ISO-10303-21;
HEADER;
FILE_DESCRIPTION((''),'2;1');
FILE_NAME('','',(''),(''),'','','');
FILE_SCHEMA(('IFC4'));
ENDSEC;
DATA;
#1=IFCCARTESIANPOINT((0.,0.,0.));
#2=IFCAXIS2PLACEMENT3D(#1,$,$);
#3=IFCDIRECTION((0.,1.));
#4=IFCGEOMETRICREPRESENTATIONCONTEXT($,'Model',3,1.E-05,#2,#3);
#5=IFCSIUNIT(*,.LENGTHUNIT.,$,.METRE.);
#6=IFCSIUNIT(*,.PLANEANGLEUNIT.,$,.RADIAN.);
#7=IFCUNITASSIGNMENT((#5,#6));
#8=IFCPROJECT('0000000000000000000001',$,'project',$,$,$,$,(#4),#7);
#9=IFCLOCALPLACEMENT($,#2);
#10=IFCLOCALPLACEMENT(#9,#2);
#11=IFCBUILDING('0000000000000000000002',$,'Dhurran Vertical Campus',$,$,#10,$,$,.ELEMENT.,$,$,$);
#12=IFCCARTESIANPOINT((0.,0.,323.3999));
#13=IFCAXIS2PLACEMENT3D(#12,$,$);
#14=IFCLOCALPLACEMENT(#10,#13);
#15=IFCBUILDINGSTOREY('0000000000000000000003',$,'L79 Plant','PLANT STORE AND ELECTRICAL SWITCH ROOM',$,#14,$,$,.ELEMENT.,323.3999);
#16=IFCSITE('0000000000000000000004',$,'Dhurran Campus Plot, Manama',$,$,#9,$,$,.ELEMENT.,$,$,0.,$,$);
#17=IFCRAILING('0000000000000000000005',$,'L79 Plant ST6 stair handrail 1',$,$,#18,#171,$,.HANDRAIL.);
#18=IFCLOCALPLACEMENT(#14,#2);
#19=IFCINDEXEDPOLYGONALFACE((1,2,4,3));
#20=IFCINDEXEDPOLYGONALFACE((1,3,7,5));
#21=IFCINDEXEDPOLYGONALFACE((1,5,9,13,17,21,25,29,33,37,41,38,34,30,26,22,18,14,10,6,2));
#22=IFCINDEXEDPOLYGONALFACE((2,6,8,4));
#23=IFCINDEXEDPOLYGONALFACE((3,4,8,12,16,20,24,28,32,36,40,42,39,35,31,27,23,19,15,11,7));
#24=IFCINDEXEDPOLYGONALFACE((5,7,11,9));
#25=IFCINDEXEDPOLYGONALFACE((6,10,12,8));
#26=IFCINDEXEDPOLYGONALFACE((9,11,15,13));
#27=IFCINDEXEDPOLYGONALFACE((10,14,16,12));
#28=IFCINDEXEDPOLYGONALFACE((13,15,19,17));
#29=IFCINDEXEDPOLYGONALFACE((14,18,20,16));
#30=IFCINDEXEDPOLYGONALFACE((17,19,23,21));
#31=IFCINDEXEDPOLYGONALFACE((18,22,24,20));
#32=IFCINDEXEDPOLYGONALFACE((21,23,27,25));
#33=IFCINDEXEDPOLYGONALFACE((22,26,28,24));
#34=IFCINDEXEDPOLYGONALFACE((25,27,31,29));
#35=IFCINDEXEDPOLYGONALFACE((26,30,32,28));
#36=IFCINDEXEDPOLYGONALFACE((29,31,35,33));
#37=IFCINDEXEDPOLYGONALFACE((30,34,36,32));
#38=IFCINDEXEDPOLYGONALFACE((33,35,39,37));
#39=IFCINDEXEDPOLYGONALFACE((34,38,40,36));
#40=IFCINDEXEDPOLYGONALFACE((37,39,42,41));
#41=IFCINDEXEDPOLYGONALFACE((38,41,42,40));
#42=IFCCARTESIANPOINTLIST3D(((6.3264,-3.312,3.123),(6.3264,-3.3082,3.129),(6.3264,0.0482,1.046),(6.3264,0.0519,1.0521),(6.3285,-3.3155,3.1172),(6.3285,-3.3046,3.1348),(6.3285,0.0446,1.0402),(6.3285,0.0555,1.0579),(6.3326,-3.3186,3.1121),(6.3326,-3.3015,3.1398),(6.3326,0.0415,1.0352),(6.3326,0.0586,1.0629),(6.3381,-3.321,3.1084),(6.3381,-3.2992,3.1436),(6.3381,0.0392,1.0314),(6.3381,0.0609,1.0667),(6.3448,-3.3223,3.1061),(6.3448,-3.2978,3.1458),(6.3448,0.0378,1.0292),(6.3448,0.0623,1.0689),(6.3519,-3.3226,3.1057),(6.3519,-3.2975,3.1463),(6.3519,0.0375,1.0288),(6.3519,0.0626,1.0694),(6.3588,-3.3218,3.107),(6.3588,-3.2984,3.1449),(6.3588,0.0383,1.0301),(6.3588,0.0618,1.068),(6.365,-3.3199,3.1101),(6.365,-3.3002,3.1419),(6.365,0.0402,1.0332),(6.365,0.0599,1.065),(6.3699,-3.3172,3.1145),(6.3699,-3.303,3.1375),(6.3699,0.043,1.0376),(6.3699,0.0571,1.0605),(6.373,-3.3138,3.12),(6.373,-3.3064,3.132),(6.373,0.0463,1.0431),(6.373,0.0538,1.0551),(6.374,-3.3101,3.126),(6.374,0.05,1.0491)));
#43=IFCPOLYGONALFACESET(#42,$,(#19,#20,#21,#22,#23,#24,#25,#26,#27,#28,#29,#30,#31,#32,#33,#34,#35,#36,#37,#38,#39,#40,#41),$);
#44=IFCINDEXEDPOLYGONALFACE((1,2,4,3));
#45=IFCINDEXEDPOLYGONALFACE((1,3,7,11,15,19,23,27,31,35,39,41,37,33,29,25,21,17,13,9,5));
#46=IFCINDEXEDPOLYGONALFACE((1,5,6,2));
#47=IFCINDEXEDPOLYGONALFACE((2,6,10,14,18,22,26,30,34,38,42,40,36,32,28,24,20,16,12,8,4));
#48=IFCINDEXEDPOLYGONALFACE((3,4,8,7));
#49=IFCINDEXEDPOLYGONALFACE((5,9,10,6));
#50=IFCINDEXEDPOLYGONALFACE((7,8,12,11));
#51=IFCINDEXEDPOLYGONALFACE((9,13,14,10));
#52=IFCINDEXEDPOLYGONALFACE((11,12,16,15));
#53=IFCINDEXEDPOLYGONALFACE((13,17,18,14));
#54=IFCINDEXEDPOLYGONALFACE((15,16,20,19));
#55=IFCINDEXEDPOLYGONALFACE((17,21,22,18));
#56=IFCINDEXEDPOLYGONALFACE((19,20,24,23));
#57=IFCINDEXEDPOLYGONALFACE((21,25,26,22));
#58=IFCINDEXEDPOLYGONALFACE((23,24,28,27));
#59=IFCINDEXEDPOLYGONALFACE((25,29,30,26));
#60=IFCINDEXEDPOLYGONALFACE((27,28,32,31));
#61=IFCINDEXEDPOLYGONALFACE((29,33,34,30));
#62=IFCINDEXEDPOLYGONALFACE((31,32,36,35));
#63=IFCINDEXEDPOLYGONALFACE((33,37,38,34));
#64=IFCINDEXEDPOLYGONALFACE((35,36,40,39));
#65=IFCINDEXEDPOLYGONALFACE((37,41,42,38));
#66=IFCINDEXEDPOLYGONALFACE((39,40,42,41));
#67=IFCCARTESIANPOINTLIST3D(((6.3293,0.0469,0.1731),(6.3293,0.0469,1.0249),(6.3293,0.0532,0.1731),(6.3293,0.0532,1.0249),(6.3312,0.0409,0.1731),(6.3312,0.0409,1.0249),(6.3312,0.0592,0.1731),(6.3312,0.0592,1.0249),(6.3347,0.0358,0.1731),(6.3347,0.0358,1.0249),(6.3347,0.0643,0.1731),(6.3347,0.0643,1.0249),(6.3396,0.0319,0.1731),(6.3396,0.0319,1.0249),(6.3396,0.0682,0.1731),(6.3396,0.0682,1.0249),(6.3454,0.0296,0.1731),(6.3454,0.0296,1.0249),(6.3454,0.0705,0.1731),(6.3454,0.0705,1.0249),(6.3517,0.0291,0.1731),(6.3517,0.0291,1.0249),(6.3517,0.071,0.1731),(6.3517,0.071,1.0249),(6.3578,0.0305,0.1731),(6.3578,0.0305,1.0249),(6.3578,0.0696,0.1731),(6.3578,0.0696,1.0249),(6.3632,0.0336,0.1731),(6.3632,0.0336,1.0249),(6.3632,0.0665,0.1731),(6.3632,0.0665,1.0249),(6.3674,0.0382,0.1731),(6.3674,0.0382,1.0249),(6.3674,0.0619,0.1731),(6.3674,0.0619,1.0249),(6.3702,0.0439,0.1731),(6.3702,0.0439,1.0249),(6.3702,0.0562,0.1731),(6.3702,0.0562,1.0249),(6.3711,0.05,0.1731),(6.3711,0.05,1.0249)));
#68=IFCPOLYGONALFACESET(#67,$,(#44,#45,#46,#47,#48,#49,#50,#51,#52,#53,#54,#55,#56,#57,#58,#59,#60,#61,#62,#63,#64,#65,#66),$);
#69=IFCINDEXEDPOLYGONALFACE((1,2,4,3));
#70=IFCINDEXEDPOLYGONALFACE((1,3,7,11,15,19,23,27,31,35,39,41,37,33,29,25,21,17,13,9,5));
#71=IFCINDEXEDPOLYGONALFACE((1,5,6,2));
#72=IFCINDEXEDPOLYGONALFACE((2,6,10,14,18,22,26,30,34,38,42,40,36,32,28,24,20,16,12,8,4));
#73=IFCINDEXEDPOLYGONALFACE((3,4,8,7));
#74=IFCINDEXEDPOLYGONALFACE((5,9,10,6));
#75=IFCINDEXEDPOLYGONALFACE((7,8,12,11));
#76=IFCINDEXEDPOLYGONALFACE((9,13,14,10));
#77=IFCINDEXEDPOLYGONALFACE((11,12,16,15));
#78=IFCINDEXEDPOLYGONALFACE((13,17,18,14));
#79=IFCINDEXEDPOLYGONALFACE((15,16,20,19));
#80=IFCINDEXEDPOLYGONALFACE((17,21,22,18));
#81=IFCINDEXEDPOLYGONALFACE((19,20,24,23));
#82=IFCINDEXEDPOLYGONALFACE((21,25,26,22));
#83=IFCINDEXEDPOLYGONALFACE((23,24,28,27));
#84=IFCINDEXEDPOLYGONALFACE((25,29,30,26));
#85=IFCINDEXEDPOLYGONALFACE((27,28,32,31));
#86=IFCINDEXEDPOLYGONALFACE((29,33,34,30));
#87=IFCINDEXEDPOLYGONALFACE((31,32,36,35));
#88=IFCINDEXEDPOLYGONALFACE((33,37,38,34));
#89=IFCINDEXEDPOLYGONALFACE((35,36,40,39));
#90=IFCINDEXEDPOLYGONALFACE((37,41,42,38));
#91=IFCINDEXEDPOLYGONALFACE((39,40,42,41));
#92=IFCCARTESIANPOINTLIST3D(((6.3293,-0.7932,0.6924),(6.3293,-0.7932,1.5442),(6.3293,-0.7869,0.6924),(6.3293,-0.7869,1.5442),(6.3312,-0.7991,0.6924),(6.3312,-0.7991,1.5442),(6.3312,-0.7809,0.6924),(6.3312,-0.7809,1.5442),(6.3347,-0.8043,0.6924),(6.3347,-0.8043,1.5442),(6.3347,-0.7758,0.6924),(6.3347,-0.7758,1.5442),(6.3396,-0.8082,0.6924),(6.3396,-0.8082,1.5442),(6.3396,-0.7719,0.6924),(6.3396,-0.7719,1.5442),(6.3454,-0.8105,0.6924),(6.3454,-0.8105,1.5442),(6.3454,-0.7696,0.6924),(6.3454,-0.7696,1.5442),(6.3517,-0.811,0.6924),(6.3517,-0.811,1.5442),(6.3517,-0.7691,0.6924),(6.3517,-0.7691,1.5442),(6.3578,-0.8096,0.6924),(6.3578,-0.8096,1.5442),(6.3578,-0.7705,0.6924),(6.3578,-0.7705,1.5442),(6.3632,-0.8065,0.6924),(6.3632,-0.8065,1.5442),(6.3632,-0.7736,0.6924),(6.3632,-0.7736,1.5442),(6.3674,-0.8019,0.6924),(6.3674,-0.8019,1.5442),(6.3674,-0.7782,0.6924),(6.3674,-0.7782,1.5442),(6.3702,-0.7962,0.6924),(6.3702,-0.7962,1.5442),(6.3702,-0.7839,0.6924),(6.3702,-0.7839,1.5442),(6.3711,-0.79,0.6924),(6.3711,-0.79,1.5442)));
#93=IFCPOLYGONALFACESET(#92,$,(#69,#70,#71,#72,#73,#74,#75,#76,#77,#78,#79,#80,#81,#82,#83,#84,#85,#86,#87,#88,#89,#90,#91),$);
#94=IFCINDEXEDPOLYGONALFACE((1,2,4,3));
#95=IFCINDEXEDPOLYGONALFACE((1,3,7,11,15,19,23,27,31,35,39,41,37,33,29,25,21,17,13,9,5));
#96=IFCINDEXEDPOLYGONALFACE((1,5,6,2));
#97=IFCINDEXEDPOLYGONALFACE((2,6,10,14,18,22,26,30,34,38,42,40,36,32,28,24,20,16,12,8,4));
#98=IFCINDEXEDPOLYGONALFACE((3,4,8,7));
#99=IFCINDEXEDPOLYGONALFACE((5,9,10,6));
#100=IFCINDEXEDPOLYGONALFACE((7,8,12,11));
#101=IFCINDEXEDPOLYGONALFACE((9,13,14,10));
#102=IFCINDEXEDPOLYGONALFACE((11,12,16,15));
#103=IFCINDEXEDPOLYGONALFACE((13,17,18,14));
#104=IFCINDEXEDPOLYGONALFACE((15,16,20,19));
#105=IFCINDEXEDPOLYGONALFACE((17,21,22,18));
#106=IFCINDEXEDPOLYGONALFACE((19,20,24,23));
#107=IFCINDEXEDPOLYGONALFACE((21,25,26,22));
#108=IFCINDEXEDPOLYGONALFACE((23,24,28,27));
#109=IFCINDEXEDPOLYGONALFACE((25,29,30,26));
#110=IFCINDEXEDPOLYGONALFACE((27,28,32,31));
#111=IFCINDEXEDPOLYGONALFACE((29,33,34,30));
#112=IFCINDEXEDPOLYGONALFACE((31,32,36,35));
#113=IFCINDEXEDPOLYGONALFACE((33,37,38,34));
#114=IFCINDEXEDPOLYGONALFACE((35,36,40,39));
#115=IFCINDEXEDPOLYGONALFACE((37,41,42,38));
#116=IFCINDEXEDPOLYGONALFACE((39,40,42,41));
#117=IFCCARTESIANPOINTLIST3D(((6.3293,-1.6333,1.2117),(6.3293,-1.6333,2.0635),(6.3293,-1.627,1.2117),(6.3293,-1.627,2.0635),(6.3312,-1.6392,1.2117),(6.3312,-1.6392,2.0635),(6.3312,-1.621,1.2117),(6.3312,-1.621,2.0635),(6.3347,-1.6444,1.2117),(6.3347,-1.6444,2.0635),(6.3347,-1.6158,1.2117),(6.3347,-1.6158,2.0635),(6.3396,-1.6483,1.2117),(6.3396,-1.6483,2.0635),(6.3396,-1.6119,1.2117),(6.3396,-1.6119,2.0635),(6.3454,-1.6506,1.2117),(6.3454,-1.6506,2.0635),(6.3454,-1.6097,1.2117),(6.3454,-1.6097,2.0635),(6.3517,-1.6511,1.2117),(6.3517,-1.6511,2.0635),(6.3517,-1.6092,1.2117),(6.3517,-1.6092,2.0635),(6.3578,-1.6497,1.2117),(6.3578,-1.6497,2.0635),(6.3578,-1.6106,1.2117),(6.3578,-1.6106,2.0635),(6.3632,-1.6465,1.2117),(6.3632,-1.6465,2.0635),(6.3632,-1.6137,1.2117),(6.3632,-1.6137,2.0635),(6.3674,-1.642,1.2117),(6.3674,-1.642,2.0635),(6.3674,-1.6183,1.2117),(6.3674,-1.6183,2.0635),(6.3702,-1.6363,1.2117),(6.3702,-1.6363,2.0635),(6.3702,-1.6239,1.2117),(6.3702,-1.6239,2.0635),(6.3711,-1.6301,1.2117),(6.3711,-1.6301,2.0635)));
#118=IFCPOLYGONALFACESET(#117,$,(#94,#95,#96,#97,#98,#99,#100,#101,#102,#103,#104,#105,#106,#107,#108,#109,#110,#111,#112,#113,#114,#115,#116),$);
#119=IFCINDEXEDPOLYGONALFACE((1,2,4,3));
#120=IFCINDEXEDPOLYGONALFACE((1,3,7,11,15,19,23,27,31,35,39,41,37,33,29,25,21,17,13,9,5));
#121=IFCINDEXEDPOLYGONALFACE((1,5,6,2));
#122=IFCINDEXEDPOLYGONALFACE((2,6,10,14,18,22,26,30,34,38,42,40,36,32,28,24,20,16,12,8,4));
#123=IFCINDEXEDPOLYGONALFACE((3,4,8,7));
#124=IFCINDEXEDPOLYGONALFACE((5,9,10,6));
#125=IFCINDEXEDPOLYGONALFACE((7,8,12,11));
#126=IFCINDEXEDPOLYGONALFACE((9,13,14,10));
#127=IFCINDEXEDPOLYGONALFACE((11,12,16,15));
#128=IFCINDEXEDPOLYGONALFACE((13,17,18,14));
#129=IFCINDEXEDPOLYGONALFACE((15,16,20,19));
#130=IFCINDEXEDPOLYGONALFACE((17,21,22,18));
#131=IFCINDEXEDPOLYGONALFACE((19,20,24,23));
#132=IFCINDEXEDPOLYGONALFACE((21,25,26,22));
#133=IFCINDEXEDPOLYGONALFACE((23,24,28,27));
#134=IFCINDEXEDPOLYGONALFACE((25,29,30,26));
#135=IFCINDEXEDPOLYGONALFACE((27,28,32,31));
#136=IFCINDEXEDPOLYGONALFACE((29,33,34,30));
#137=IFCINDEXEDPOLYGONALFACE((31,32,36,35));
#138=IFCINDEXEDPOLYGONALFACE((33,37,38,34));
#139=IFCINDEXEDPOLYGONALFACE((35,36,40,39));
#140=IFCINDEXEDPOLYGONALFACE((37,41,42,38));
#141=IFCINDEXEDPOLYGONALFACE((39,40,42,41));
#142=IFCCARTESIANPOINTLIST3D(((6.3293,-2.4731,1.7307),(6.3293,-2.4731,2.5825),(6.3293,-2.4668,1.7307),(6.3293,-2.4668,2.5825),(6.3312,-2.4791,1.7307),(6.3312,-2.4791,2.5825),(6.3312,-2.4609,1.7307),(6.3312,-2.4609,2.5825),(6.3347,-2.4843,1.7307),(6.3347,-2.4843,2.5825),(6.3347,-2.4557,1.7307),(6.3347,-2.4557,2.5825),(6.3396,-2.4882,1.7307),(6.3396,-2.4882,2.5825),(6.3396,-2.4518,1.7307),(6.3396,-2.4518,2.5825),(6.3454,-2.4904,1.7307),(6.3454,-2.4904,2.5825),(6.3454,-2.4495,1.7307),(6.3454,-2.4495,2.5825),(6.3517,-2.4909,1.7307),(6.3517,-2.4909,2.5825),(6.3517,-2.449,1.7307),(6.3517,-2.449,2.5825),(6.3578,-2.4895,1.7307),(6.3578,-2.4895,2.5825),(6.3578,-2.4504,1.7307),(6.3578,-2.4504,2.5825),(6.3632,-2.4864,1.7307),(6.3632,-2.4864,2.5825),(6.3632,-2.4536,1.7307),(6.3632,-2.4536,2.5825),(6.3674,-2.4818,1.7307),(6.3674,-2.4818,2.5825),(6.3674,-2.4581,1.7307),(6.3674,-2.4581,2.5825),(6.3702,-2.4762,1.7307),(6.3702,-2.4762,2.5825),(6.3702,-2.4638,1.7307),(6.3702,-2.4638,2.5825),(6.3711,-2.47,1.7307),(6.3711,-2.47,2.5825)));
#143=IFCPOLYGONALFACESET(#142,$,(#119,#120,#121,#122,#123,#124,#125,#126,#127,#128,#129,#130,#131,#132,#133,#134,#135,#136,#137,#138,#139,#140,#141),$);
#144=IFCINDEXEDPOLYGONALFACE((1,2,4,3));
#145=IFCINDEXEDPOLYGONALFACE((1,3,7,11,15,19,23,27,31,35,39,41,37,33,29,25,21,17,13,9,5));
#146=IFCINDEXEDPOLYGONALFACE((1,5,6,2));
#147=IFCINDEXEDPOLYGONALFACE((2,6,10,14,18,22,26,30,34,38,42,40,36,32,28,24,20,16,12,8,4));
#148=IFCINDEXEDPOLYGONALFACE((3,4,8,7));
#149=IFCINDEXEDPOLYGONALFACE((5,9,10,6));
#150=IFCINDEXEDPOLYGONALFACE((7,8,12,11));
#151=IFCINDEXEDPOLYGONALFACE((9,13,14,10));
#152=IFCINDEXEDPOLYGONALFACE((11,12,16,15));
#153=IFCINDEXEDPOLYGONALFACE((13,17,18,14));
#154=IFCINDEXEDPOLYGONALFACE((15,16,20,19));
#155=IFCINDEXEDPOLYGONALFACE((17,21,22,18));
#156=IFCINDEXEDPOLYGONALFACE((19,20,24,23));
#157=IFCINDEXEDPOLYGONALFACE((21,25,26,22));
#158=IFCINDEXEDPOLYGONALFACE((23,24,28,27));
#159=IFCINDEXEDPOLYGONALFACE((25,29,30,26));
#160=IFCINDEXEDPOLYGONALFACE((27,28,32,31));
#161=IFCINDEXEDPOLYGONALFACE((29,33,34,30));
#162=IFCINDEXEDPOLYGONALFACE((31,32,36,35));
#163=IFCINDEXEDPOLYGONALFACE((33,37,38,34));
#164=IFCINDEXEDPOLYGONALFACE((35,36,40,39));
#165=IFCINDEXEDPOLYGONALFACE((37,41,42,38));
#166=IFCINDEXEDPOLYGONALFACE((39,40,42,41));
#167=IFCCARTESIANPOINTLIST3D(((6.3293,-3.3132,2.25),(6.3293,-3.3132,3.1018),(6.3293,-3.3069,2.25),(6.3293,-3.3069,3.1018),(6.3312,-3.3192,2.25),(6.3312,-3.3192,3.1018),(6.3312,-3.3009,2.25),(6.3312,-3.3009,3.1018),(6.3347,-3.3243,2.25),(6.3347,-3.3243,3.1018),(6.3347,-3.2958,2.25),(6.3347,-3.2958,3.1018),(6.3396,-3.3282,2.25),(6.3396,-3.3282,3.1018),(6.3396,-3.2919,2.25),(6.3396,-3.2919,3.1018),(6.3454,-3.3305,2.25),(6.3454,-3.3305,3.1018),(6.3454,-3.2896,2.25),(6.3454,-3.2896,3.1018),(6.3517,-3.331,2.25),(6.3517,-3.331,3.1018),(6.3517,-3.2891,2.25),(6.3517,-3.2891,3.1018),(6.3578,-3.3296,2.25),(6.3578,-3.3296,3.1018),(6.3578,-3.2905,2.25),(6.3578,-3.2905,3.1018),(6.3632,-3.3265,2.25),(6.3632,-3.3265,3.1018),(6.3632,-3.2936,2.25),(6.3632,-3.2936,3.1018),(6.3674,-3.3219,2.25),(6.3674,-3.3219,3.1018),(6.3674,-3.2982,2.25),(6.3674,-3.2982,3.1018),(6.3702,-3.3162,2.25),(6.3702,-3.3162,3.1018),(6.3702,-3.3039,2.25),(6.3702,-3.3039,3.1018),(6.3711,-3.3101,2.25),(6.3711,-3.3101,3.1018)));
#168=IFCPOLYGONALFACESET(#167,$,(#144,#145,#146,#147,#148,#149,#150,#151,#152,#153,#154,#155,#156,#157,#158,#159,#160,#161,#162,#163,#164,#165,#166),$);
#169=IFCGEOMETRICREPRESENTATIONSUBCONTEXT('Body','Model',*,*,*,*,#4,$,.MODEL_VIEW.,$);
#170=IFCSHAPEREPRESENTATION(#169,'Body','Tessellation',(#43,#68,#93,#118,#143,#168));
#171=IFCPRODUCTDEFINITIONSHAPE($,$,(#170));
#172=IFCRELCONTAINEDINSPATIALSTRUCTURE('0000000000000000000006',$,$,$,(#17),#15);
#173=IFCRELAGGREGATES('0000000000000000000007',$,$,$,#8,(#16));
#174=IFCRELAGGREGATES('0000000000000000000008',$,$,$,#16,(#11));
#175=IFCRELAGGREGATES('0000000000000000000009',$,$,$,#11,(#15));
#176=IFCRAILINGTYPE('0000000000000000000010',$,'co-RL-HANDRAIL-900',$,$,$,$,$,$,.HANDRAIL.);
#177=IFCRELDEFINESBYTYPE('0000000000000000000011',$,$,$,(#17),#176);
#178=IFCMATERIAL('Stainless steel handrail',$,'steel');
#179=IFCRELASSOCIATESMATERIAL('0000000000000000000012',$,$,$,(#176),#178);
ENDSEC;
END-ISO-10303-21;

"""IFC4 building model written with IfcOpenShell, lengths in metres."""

from ifc_helpers import new_model, si_unit, direction, frame, origin, origin_2d, place, context, subcontext, project, spatial, circle, extrude, material, type_object, element, save


model = new_model("IFC4")

# Units and contexts
model_context = context("Model", 3, precision=1e-05, world=origin(), true_north=direction((0.0, 1.0)))
body_context = subcontext(model_context, "Body", "Model", "MODEL_VIEW")
ifc_project = project(units=[si_unit("LENGTHUNIT", "METRE"), si_unit("PLANEANGLEUNIT", "RADIAN")], contexts=[model_context])

# Site, building, storey
site_placement = place(None, origin())
site = spatial("IfcSite", under=ifc_project, at=site_placement, Name="Dhurran Campus Plot, Manama", CompositionType="ELEMENT", RefElevation=0.0)
building_placement = place(site_placement, origin())
building = spatial("IfcBuilding", under=site, at=building_placement, Name="Dhurran Vertical Campus", CompositionType="ELEMENT")
storey_placement = place(building_placement, frame((0.0, 0.0, 323.3999)))
storey = spatial("IfcBuildingStorey", under=building, at=storey_placement, Name="L79 Plant", Description="PLANT STORE AND ELECTRICAL SWITCH ROOM", CompositionType="ELEMENT", Elevation=323.3999)

# Railing
ifc_material_1 = material(Name="Stainless steel handrail", Category="steel")
railing_type_1 = type_object("IfcRailingType", Name="co-RL-HANDRAIL-900", PredefinedType="HANDRAIL", material=ifc_material_1)
railing_1_placement = place(storey_placement, frame((6.3501, 0.05, 0.1731)))
element("IfcRailing", 1, at=railing_1_placement, inside=storey, type_object=railing_type_1, Name="L79 Plant ST6 stair handrail 1", PredefinedType="HANDRAIL", context=body_context, shape_type="SweptSolid", body=[
    extrude(circle(Radius=0.0239, at=origin_2d()), frame((0.0, 0.0, 0.876), z_axis=(0.0, -0.850623, 0.525776), x_axis=(1.0, 0.0, 0.0)), (0.0, 0.0, 1.0), 3.9502),
    extrude(circle(Radius=0.021, at=origin_2d()), origin(), (0.0, 0.0, 1.0), 0.8518),
    extrude(circle(Radius=0.021, at=origin_2d()), frame((0.0, -0.8401, 0.5193)), (0.0, 0.0, 1.0), 0.8518),
    extrude(circle(Radius=0.021, at=origin_2d()), frame((0.0, -1.6802, 1.0386)), (0.0, 0.0, 1.0), 0.8518),
    extrude(circle(Radius=0.021, at=origin_2d()), frame((0.0, -2.52, 1.5576)), (0.0, 0.0, 1.0), 0.8518),
    extrude(circle(Radius=0.021, at=origin_2d()), frame((0.0, -3.3601, 2.0769)), (0.0, 0.0, 1.0), 0.8518),
])

save(model, "model.ifc")
